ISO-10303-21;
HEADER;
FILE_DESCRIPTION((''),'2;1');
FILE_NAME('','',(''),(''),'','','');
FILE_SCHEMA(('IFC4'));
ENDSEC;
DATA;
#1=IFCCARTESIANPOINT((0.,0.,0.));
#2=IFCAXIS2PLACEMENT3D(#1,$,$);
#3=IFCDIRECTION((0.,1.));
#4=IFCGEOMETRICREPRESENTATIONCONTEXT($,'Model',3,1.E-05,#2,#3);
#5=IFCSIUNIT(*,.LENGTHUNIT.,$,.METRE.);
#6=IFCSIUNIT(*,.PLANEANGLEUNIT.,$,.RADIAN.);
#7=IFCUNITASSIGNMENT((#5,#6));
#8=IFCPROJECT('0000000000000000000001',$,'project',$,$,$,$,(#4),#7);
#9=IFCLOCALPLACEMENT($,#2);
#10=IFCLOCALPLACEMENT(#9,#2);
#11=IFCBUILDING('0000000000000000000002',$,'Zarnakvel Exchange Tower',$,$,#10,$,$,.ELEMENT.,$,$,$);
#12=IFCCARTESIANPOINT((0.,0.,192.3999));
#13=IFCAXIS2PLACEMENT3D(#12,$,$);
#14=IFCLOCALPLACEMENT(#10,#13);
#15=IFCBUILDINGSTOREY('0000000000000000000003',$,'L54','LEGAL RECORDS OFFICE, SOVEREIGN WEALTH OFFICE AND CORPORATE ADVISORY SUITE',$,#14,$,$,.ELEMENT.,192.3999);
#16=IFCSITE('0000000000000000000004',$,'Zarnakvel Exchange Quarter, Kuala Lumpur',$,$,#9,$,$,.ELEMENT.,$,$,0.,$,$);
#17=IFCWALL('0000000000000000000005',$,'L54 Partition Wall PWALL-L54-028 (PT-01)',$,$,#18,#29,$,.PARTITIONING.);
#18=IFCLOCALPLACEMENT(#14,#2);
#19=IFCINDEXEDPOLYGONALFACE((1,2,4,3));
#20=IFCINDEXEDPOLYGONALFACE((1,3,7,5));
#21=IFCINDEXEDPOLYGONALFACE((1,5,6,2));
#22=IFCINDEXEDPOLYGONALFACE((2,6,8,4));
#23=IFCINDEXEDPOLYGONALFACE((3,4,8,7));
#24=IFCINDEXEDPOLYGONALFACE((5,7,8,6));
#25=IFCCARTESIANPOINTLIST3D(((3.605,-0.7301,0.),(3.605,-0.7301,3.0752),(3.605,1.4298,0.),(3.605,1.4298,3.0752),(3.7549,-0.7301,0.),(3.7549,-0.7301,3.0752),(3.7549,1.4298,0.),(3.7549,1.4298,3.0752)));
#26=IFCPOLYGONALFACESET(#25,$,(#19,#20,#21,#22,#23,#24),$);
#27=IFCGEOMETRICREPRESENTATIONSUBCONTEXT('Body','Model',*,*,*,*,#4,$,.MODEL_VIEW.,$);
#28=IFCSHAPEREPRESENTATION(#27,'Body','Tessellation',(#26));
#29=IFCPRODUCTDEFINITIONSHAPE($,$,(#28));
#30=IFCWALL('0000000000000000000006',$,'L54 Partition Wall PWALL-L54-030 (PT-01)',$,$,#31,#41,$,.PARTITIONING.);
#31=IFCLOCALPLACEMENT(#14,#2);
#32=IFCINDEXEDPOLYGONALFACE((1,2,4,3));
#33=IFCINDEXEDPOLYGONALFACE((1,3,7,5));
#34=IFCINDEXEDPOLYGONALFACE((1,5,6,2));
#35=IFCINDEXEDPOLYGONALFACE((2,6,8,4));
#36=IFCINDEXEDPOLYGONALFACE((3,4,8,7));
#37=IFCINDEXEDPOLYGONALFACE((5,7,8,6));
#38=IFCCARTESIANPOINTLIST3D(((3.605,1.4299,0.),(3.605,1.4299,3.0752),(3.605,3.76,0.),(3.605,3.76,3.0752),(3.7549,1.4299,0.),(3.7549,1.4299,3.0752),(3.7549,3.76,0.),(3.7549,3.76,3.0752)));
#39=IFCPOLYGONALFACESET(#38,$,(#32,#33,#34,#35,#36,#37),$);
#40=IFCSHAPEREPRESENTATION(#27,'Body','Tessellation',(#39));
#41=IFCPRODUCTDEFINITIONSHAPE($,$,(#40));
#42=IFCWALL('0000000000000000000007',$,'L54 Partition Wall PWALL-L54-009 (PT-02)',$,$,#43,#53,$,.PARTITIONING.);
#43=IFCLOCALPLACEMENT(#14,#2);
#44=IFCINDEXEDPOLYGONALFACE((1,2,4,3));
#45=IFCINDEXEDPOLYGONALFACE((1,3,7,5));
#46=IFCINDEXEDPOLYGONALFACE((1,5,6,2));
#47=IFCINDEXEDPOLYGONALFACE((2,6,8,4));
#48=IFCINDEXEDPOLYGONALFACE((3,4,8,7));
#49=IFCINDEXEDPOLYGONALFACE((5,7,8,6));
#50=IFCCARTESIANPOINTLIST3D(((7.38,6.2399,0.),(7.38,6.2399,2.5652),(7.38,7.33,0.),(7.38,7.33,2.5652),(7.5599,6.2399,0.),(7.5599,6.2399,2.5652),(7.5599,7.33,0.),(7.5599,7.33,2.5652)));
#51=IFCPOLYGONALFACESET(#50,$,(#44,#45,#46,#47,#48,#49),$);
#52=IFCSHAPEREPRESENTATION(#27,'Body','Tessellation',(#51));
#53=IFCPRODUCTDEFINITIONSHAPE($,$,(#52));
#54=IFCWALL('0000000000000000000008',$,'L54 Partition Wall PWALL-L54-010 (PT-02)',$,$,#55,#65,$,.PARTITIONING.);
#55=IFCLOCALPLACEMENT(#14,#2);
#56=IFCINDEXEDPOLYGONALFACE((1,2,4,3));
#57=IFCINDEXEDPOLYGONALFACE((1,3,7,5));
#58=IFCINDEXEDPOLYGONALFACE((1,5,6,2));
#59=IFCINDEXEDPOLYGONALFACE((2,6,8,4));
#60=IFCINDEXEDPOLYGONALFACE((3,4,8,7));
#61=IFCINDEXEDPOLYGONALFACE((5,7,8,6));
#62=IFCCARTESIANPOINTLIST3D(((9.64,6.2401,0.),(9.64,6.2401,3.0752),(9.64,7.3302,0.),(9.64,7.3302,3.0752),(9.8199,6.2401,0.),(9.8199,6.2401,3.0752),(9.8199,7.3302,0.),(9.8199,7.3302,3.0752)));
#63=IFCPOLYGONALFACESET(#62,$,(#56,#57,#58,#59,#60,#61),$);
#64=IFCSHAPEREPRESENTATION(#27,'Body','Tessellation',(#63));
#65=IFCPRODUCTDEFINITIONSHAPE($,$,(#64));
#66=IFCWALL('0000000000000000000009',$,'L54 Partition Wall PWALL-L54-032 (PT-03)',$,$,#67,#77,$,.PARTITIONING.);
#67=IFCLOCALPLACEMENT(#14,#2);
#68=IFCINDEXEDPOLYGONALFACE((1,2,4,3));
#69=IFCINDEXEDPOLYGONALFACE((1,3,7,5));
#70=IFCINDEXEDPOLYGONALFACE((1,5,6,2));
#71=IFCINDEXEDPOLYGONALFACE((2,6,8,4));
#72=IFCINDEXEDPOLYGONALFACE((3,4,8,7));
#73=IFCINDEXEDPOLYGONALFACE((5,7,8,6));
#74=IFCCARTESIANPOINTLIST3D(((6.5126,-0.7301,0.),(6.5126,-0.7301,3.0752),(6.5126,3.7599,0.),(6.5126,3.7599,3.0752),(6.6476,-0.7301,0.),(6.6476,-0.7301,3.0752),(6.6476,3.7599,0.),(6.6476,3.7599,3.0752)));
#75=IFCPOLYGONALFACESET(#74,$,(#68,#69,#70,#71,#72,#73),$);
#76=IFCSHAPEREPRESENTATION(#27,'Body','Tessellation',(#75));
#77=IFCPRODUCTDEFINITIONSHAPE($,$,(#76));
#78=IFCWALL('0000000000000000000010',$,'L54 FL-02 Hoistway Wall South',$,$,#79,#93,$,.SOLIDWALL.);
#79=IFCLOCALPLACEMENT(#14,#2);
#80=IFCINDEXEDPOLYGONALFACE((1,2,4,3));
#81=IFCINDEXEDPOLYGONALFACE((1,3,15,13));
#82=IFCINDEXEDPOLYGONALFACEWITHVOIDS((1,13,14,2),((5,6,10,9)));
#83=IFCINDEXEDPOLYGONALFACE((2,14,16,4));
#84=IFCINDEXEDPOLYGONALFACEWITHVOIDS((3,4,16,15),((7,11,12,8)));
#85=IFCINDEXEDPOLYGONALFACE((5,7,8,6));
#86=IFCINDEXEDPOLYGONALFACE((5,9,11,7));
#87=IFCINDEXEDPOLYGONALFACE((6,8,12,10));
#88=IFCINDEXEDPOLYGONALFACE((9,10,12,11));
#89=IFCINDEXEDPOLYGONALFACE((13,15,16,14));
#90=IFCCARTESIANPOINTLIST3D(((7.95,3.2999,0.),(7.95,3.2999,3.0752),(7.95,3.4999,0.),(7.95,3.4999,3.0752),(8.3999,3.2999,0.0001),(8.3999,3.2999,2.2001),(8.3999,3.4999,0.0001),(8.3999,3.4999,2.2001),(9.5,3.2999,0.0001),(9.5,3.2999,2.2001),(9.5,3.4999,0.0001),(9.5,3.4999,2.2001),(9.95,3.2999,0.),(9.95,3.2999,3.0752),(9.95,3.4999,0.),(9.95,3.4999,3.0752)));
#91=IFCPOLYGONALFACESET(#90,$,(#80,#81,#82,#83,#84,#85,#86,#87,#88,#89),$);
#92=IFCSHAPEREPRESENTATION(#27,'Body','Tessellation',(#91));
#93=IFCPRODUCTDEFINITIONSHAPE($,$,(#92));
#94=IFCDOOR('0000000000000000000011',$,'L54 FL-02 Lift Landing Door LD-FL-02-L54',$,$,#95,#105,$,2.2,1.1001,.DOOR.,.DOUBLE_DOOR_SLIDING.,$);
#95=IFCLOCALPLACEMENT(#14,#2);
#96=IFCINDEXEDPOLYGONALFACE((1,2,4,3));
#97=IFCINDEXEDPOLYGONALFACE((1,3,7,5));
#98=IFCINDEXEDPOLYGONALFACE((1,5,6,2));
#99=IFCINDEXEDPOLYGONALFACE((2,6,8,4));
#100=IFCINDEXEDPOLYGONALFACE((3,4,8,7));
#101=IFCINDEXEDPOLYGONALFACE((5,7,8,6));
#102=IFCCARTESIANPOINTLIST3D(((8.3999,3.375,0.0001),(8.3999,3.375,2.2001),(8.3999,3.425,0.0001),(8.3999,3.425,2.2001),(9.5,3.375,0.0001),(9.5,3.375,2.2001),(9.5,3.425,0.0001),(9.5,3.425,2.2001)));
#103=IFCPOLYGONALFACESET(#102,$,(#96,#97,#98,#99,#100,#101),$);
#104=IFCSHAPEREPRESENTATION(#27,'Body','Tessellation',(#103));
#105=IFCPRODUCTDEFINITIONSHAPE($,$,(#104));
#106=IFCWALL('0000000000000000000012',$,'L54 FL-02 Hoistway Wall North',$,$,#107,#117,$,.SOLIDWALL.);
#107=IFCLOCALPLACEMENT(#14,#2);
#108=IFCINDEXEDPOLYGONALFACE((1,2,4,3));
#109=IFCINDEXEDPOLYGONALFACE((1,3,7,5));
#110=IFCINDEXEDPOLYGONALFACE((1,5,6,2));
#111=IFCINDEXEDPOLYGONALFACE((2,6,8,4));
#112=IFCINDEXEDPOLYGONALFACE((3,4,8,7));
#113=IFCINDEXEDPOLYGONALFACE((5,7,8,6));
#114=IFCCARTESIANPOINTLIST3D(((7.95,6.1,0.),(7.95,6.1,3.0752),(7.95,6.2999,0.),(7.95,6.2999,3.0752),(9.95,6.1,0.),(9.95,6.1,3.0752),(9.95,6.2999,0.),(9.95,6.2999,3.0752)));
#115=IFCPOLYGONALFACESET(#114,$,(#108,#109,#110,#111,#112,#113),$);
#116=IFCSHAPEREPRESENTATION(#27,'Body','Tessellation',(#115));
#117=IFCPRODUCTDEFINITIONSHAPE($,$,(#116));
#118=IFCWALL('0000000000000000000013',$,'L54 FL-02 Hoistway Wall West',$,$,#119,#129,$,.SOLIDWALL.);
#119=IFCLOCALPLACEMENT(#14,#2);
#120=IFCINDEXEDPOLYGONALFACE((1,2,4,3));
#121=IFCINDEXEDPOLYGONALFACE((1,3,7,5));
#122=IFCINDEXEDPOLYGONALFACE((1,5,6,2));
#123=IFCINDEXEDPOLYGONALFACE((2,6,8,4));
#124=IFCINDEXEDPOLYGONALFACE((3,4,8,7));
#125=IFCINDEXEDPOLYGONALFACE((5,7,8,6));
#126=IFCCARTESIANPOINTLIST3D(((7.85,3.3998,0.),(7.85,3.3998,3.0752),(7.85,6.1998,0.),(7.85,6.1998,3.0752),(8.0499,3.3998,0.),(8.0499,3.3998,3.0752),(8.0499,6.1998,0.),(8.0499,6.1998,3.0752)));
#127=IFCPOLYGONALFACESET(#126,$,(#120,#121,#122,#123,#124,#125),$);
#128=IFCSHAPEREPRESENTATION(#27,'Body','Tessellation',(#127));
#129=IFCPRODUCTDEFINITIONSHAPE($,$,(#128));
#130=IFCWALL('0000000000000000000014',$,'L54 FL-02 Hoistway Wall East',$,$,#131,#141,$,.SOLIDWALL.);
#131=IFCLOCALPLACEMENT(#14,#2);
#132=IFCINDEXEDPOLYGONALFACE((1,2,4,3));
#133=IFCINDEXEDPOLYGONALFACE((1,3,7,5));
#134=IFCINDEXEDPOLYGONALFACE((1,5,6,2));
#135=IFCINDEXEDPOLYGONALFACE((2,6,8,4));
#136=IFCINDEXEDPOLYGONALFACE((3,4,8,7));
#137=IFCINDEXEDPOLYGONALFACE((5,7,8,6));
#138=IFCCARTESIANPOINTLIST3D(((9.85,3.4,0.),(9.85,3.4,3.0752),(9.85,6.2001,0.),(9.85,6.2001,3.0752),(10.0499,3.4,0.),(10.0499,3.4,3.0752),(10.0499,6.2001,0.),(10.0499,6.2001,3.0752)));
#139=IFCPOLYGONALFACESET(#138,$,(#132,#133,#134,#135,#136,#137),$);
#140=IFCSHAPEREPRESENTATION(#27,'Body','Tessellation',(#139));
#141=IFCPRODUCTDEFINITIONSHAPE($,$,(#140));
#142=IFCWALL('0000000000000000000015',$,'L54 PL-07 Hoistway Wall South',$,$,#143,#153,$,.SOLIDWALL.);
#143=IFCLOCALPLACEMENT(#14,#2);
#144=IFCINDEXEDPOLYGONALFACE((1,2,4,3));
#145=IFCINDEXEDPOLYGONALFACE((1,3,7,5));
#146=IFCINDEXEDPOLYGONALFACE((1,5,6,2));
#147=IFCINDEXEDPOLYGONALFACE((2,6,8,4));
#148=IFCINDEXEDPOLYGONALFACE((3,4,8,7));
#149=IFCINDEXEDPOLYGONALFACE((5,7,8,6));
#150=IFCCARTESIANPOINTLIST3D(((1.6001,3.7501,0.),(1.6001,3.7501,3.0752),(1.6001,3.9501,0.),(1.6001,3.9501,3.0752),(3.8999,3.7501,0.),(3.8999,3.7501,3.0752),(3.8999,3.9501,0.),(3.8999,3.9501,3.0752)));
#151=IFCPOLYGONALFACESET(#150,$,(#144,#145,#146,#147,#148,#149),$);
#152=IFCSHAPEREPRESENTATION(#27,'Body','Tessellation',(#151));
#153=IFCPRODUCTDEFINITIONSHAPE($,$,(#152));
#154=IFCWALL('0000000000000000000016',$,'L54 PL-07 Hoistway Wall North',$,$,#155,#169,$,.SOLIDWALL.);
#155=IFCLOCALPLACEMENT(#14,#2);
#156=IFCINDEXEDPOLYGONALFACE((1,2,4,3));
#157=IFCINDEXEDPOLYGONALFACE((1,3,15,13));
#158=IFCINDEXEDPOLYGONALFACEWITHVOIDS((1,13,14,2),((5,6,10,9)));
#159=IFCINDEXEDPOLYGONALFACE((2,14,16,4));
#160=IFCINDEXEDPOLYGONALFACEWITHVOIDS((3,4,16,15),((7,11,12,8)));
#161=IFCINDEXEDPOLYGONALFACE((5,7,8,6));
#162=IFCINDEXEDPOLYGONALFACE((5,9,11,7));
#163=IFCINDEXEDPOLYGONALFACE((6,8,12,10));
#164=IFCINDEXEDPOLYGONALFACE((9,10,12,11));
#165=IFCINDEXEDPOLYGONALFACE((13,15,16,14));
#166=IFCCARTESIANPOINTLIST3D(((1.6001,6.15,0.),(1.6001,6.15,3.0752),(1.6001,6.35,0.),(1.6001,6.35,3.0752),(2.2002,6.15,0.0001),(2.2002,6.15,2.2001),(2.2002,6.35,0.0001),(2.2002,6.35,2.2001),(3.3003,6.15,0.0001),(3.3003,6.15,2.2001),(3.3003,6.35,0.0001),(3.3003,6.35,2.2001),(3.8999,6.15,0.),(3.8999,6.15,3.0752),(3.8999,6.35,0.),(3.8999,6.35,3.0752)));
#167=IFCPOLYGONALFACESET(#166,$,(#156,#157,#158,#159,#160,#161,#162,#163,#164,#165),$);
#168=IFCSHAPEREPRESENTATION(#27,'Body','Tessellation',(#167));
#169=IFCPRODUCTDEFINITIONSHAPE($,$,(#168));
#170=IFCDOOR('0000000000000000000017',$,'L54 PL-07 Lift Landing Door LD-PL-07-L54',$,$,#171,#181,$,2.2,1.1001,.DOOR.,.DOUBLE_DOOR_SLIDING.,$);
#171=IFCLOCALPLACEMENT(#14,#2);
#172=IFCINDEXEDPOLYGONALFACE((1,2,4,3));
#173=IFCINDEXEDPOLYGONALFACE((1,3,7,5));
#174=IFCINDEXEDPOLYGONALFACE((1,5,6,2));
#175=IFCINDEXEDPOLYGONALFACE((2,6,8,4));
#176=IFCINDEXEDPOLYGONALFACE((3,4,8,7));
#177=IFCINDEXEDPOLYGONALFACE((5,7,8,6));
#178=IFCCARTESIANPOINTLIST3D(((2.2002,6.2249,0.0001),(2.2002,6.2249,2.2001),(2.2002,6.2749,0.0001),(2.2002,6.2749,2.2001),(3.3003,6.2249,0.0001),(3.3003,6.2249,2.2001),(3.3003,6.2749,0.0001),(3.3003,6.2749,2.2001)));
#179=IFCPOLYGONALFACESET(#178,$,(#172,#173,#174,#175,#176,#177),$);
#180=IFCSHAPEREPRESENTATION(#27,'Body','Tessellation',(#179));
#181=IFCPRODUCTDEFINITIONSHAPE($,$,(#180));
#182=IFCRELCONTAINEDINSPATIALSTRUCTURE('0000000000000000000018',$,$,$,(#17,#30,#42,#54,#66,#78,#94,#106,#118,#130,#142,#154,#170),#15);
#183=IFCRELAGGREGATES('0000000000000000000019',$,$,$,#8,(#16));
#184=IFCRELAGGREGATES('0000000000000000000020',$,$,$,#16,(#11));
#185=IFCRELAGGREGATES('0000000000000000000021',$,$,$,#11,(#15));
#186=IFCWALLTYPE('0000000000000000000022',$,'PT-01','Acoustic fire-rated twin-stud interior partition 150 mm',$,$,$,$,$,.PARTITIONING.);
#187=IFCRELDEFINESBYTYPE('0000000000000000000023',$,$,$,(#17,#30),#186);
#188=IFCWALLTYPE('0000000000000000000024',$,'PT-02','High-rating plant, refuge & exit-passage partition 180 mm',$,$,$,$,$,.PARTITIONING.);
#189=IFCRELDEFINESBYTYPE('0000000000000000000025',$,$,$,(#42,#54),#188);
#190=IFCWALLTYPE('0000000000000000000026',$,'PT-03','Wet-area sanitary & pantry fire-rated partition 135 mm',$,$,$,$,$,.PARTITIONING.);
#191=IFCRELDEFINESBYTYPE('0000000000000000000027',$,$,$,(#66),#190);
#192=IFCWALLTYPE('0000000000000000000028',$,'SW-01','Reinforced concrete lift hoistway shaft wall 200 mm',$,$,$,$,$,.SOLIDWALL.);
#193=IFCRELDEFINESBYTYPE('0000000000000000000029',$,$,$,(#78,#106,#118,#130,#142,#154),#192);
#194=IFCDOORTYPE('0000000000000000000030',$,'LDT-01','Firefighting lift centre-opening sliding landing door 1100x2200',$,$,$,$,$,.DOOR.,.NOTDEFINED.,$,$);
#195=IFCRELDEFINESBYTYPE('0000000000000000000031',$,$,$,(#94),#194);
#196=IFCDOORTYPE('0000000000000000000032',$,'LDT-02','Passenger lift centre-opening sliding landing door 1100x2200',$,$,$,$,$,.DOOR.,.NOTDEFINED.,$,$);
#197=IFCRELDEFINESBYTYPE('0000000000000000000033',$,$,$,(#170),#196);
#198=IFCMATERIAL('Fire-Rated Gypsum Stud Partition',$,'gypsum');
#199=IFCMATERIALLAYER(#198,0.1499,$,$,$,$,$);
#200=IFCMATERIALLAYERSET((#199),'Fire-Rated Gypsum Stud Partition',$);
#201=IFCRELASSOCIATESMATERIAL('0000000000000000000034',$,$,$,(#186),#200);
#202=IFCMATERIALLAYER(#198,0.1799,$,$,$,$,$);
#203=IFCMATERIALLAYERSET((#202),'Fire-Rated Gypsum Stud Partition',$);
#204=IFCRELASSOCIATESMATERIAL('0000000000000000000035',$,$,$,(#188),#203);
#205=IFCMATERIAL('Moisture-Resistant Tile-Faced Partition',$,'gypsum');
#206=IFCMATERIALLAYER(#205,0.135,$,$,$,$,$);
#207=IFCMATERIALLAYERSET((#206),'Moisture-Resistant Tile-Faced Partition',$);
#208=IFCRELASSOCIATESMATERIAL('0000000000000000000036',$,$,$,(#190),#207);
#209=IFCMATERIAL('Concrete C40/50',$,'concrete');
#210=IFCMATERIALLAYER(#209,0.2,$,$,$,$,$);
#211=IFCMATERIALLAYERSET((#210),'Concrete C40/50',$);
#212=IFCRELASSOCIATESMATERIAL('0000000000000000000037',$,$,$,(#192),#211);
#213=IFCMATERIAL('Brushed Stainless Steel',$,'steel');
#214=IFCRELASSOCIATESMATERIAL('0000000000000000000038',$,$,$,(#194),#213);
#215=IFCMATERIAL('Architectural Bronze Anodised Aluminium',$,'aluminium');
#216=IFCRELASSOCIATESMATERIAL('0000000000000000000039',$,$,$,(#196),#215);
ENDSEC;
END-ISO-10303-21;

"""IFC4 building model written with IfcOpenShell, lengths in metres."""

from ifc_helpers import new_model, si_unit, direction, frame, frame_2d, origin, place, context, subcontext, project, spatial, rectangle, extrude, source, transform, mapped, material, layer, layer_set, type_object, element, fill, save


model = new_model("IFC4")

# Units and contexts
model_context = context("Model", 3, precision=1e-05, world=origin(), true_north=direction((0.0, 1.0)))
body_context = subcontext(model_context, "Body", "Model", "MODEL_VIEW")
ifc_project = project(units=[si_unit("LENGTHUNIT", "METRE"), si_unit("PLANEANGLEUNIT", "RADIAN")], contexts=[model_context])

# Site, building, storey
site_placement = place(None, origin())
site = spatial("IfcSite", under=ifc_project, at=site_placement, Name="Zarnakvel Exchange Quarter, Kuala Lumpur", CompositionType="ELEMENT", RefElevation=0.0)
building_placement = place(site_placement, origin())
building = spatial("IfcBuilding", under=site, at=building_placement, Name="Zarnakvel Exchange Tower", CompositionType="ELEMENT")
storey_placement = place(building_placement, frame((0.0, 0.0, 192.3999)))
storey = spatial("IfcBuildingStorey", under=building, at=storey_placement, Name="L54", Description="LEGAL RECORDS OFFICE, SOVEREIGN WEALTH OFFICE AND CORPORATE ADVISORY SUITE", CompositionType="ELEMENT", Elevation=192.3999)

# Wall
ifc_material_1 = material(Name="Fire-Rated Gypsum Stud Partition", Category="gypsum")
ifc_layer_1 = layer(ifc_material_1, 0.1499)
ifc_layer_set_1 = layer_set([ifc_layer_1], Name="Fire-Rated Gypsum Stud Partition")
wall_type_1 = type_object("IfcWallType", Name="PT-01", Description="Acoustic fire-rated twin-stud interior partition 150 mm", PredefinedType="PARTITIONING", material=ifc_layer_set_1)
wall_1_placement = place(storey_placement, frame((3.6799, 1.4299, 0.0), z_axis=(0.0, 0.0, 1.0), x_axis=(0.0, -1.0, 0.0)))
element("IfcWall", 1, at=wall_1_placement, inside=storey, type_object=wall_type_1, Name="L54 Partition Wall PWALL-L54-028 (PT-01)", PredefinedType="PARTITIONING", context=body_context, shape_type="SweptSolid", body=[
    extrude(rectangle(XDim=2.1599, YDim=0.1499, at=frame_2d((1.0801, 0.0))), origin(), (0.0, 0.0, 1.0), 3.0752),
])

# Walls
wall_2_placement = place(storey_placement, frame((3.6799, 3.76, 0.0), z_axis=(0.0, 0.0, 1.0), x_axis=(0.0, -1.0, 0.0)))
element("IfcWall", 2, at=wall_2_placement, inside=storey, type_object=wall_type_1, Name="L54 Partition Wall PWALL-L54-030 (PT-01)", PredefinedType="PARTITIONING", context=body_context, shape_type="SweptSolid", body=[
    extrude(rectangle(XDim=2.3301, YDim=0.1499, at=frame_2d((1.165, 0.0))), origin(), (0.0, 0.0, 1.0), 3.0752),
])
ifc_layer_2 = layer(ifc_material_1, 0.1799)
ifc_layer_set_2 = layer_set([ifc_layer_2], Name="Fire-Rated Gypsum Stud Partition")
wall_type_2 = type_object("IfcWallType", Name="PT-02", Description="High-rating plant, refuge & exit-passage partition 180 mm", PredefinedType="PARTITIONING", material=ifc_layer_set_2)
wall_3_placement = place(storey_placement, frame((7.47, 6.24, 0.0), z_axis=(0.0, 0.0, 1.0), x_axis=(0.0, 1.0, 0.0)))
element("IfcWall", 3, at=wall_3_placement, inside=storey, type_object=wall_type_2, Name="L54 Partition Wall PWALL-L54-009 (PT-02)", PredefinedType="PARTITIONING", context=body_context, shape_type="SweptSolid", body=[
    extrude(rectangle(XDim=1.0901, YDim=0.1799, at=frame_2d((0.5449, 0.0))), origin(), (0.0, 0.0, 1.0), 2.5652),
])
wall_4_placement = place(storey_placement, frame((9.73, 7.3301, 0.0), z_axis=(0.0, 0.0, 1.0), x_axis=(0.0, -1.0, 0.0)))
element("IfcWall", 4, at=wall_4_placement, inside=storey, type_object=wall_type_2, Name="L54 Partition Wall PWALL-L54-010 (PT-02)", PredefinedType="PARTITIONING", context=body_context, shape_type="SweptSolid", body=[
    extrude(rectangle(XDim=1.0901, YDim=0.1799, at=frame_2d((0.5449, 0.0))), origin(), (0.0, 0.0, 1.0), 3.0752),
])
ifc_material_2 = material(Name="Moisture-Resistant Tile-Faced Partition", Category="gypsum")
ifc_layer_3 = layer(ifc_material_2, 0.135)
ifc_layer_set_3 = layer_set([ifc_layer_3], Name="Moisture-Resistant Tile-Faced Partition")
wall_type_3 = type_object("IfcWallType", Name="PT-03", Description="Wet-area sanitary & pantry fire-rated partition 135 mm", PredefinedType="PARTITIONING", material=ifc_layer_set_3)
wall_5_placement = place(storey_placement, frame((6.5801, 3.76, 0.0), z_axis=(0.0, 0.0, 1.0), x_axis=(0.0, -1.0, 0.0)))
element("IfcWall", 5, at=wall_5_placement, inside=storey, type_object=wall_type_3, Name="L54 Partition Wall PWALL-L54-032 (PT-03)", PredefinedType="PARTITIONING", context=body_context, shape_type="SweptSolid", body=[
    extrude(rectangle(XDim=4.49, YDim=0.135, at=frame_2d((2.2451, 0.0))), origin(), (0.0, 0.0, 1.0), 3.0752),
])

# Wall, opening, door
ifc_material_3 = material(Name="Concrete C40/50", Category="concrete")
ifc_layer_4 = layer(ifc_material_3, 0.2)
ifc_layer_set_4 = layer_set([ifc_layer_4], Name="Concrete C40/50")
wall_type_4 = type_object("IfcWallType", Name="SW-01", Description="Reinforced concrete lift hoistway shaft wall 200 mm", PredefinedType="SOLIDWALL", material=ifc_layer_set_4)
wall_6_placement = place(storey_placement, frame((9.95, 3.3999, 0.0), z_axis=(0.0, 0.0, 1.0), x_axis=(-1.0, 0.0, 0.0)))
wall_6 = element("IfcWall", 6, at=wall_6_placement, inside=storey, type_object=wall_type_4, Name="L54 FL-02 Hoistway Wall South", PredefinedType="SOLIDWALL", context=body_context, shape_type="SweptSolid", body=[
    extrude(rectangle(XDim=2.0, YDim=0.2, at=frame_2d((1.0, 0.0))), origin(), (0.0, 0.0, 1.0), 3.0752),
])
opening_1_placement = place(wall_6_placement, frame((0.45, 0.0, 0.0)))
opening_1 = element("IfcOpeningElement", 7, at=opening_1_placement, cuts=wall_6, PredefinedType="OPENING", context=body_context, shape_type="SweptSolid", body=[
    extrude(rectangle(XDim=1.1001, YDim=2.2, at=frame_2d((0.55, 1.1001))), frame((0.0, 0.1099, 0.0), z_axis=(0.0, -1.0, 0.0), x_axis=(1.0, 0.0, 0.0)), (0.0, 0.0, 1.0), 0.22),
])
ifc_material_4 = material(Name="Brushed Stainless Steel", Category="steel")
door_type_1 = type_object("IfcDoorType", Name="LDT-01", Description="Firefighting lift centre-opening sliding landing door 1100x2200", OperationType="NOTDEFINED", PredefinedType="DOOR", material=ifc_material_4)
shared_shape_1 = source(origin(), body_context, "Body", "SweptSolid", [
    extrude(rectangle(XDim=1.1001, YDim=2.2, at=frame_2d((0.55, 1.1001))), frame((0.0, 0.0249, 0.0), z_axis=(0.0, -1.0, 0.0), x_axis=(1.0, 0.0, 0.0)), (0.0, 0.0, 1.0), 0.05),
])
door_1_placement = place(opening_1_placement, origin())
door_1 = element("IfcDoor", 8, at=door_1_placement, inside=storey, type_object=door_type_1, Name="L54 FL-02 Lift Landing Door LD-FL-02-L54", OperationType="DOUBLE_DOOR_SLIDING", OverallHeight=2.2, OverallWidth=1.1001, PredefinedType="DOOR", context=body_context, shape_type="MappedRepresentation", body=[
    mapped(shared_shape_1, transform((0.0, 0.0, 0.0), x_axis=(1.0, 0.0, 0.0), y_axis=(0.0, 1.0, 0.0), z_axis=(0.0, 0.0, 1.0), scale=1.0)),
])
fill(opening_1, door_1)

# Walls
wall_7_placement = place(storey_placement, frame((7.95, 6.2, 0.0), z_axis=(0.0, 0.0, 1.0), x_axis=(1.0, 0.0, 0.0)))
element("IfcWall", 9, at=wall_7_placement, inside=storey, type_object=wall_type_4, Name="L54 FL-02 Hoistway Wall North", PredefinedType="SOLIDWALL", context=body_context, shape_type="SweptSolid", body=[
    extrude(rectangle(XDim=2.0, YDim=0.2, at=frame_2d((1.0, 0.0))), origin(), (0.0, 0.0, 1.0), 3.0752),
])
for number, where, z_axis, x_axis, name in (
    (10, (7.95, 3.3999, 0.0), (0.0, 0.0, 1.0), (0.0, 1.0, 0.0), "L54 FL-02 Hoistway Wall West"),
    (11, (9.95, 6.2, 0.0), (0.0, 0.0, 1.0), (0.0, -1.0, 0.0), "L54 FL-02 Hoistway Wall East"),
):
    element("IfcWall", number, at=place(storey_placement, frame(where, z_axis=z_axis, x_axis=x_axis)), inside=storey, type_object=wall_type_4, Name=name, PredefinedType="SOLIDWALL", context=body_context, shape_type="SweptSolid", body=[
        extrude(rectangle(XDim=2.8, YDim=0.2, at=frame_2d((1.3999, 0.0))), origin(), (0.0, 0.0, 1.0), 3.0752),
    ])
wall_8_placement = place(storey_placement, frame((3.8999, 3.8501, 0.0), z_axis=(0.0, 0.0, 1.0), x_axis=(-1.0, 0.0, 0.0)))
element("IfcWall", 12, at=wall_8_placement, inside=storey, type_object=wall_type_4, Name="L54 PL-07 Hoistway Wall South", PredefinedType="SOLIDWALL", context=body_context, shape_type="SweptSolid", body=[
    extrude(rectangle(XDim=2.2998, YDim=0.2, at=frame_2d((1.1499, 0.0))), origin(), (0.0, 0.0, 1.0), 3.0752),
])

# Wall, opening, door
wall_9_placement = place(storey_placement, frame((1.6001, 6.25, 0.0), z_axis=(0.0, 0.0, 1.0), x_axis=(1.0, 0.0, 0.0)))
wall_9 = element("IfcWall", 13, at=wall_9_placement, inside=storey, type_object=wall_type_4, Name="L54 PL-07 Hoistway Wall North", PredefinedType="SOLIDWALL", context=body_context, shape_type="SweptSolid", body=[
    extrude(rectangle(XDim=2.2998, YDim=0.2, at=frame_2d((1.1499, 0.0))), origin(), (0.0, 0.0, 1.0), 3.0752),
])
opening_2_placement = place(wall_9_placement, frame((0.6001, 0.0, 0.0)))
opening_2 = element("IfcOpeningElement", 14, at=opening_2_placement, cuts=wall_9, PredefinedType="OPENING", context=body_context, shape_type="SweptSolid", body=[
    extrude(rectangle(XDim=1.1001, YDim=2.2, at=frame_2d((0.55, 1.1001))), frame((0.0, 0.1099, 0.0), z_axis=(0.0, -1.0, 0.0), x_axis=(1.0, 0.0, 0.0)), (0.0, 0.0, 1.0), 0.22),
])
ifc_material_5 = material(Name="Architectural Bronze Anodised Aluminium", Category="aluminium")
door_type_2 = type_object("IfcDoorType", Name="LDT-02", Description="Passenger lift centre-opening sliding landing door 1100x2200", OperationType="NOTDEFINED", PredefinedType="DOOR", material=ifc_material_5)
door_2_placement = place(opening_2_placement, origin())
door_2 = element("IfcDoor", 15, at=door_2_placement, inside=storey, type_object=door_type_2, Name="L54 PL-07 Lift Landing Door LD-PL-07-L54", OperationType="DOUBLE_DOOR_SLIDING", OverallHeight=2.2, OverallWidth=1.1001, PredefinedType="DOOR", context=body_context, shape_type="MappedRepresentation", body=[
    mapped(shared_shape_1, transform((0.0, 0.0, 0.0), x_axis=(1.0, 0.0, 0.0), y_axis=(0.0, 1.0, 0.0), z_axis=(0.0, 0.0, 1.0), scale=1.0)),
])
fill(opening_2, door_2)

save(model, "model.ifc")
